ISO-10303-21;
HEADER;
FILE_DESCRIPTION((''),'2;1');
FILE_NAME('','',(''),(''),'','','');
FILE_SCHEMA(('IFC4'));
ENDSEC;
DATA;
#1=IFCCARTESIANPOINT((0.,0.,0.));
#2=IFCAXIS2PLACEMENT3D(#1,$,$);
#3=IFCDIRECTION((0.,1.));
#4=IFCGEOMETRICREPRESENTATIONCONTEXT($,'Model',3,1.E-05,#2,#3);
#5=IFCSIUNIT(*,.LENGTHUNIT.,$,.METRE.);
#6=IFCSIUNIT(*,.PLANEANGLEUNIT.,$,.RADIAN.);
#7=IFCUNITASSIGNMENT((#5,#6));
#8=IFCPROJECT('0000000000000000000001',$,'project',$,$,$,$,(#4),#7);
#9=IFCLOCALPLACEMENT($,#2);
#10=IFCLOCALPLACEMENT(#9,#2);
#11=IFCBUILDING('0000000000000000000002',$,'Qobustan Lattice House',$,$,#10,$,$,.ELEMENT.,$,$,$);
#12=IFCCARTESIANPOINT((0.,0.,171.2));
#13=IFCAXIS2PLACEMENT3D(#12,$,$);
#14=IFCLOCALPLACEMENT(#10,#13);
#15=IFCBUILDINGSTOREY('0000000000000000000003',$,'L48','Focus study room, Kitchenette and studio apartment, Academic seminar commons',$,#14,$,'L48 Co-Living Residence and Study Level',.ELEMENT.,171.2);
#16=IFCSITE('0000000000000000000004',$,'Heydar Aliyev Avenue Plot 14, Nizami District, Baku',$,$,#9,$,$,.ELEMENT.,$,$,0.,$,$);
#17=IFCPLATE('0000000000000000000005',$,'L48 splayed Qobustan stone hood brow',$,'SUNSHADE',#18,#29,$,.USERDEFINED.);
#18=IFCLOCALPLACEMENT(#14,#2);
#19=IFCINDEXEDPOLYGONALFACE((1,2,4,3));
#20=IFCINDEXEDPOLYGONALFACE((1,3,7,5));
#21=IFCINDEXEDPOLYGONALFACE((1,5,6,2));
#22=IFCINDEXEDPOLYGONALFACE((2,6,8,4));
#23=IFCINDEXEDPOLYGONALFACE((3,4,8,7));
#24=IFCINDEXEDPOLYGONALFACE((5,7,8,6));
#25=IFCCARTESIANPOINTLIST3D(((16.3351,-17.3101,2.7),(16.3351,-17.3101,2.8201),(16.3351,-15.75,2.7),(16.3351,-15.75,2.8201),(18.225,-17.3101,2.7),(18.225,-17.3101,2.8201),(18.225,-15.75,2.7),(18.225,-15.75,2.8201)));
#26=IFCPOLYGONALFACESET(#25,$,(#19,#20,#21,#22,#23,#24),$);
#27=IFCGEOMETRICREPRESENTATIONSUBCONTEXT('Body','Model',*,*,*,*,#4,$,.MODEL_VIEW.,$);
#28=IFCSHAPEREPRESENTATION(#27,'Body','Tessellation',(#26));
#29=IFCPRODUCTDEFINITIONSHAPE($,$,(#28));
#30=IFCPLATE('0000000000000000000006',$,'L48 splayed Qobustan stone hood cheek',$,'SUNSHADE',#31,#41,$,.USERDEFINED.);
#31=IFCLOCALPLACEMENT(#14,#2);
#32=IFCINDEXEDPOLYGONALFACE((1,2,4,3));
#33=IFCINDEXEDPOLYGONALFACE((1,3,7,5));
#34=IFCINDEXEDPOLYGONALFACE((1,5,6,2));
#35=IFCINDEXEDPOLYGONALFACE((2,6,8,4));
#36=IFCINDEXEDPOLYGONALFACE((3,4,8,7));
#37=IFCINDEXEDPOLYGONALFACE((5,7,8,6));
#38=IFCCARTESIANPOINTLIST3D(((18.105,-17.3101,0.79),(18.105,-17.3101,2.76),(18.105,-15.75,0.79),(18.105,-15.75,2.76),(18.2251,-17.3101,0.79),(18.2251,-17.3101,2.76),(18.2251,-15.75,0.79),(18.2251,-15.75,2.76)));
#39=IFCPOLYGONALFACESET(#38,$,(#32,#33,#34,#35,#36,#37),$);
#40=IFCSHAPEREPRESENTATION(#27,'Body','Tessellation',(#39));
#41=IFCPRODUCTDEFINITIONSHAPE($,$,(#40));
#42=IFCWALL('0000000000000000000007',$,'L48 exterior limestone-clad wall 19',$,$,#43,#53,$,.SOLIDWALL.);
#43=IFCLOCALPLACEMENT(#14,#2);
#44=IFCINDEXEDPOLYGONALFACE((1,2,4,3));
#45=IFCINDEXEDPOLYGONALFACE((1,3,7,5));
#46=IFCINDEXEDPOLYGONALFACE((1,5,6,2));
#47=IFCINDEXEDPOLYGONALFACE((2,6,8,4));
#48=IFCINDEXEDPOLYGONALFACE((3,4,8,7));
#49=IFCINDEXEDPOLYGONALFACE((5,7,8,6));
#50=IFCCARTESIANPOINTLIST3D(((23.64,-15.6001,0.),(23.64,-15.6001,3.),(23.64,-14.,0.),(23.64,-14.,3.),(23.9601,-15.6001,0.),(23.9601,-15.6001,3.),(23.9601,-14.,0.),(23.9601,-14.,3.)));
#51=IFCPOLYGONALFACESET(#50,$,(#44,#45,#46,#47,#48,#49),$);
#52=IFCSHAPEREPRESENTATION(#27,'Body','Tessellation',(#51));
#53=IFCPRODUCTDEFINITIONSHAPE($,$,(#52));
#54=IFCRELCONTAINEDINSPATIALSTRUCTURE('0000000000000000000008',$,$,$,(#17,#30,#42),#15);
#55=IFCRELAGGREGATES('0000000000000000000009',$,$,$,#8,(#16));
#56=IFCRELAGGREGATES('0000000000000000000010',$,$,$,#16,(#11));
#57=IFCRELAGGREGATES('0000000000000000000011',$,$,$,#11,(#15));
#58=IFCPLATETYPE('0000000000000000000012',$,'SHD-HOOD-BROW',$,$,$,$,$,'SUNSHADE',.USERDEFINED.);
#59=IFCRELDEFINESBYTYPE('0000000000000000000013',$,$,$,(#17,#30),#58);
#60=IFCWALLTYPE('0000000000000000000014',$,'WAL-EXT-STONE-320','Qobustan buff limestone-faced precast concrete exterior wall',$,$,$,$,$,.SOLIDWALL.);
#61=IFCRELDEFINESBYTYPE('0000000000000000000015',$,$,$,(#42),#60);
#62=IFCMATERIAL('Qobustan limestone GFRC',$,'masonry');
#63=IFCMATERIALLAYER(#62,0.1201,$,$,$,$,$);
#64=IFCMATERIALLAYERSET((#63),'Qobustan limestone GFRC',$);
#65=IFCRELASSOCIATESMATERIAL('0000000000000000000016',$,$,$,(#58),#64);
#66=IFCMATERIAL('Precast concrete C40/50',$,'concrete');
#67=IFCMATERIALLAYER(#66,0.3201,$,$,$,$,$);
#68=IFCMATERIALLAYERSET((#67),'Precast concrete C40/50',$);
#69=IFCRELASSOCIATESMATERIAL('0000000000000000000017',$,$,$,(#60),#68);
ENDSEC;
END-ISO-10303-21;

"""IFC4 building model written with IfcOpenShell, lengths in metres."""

from ifc_helpers import new_model, si_unit, direction, frame, frame_2d, origin, origin_2d, place, context, subcontext, project, spatial, rectangle, extrude, material, layer, layer_set, type_object, element, save


model = new_model("IFC4")

# Units and contexts
model_context = context("Model", 3, precision=1e-05, world=origin(), true_north=direction((0.0, 1.0)))
body_context = subcontext(model_context, "Body", "Model", "MODEL_VIEW")
ifc_project = project(units=[si_unit("LENGTHUNIT", "METRE"), si_unit("PLANEANGLEUNIT", "RADIAN")], contexts=[model_context])

# Site, building, storey
site_placement = place(None, origin())
site = spatial("IfcSite", under=ifc_project, at=site_placement, Name="Heydar Aliyev Avenue Plot 14, Nizami District, Baku", CompositionType="ELEMENT", RefElevation=0.0)
building_placement = place(site_placement, origin())
building = spatial("IfcBuilding", under=site, at=building_placement, Name="Qobustan Lattice House", CompositionType="ELEMENT")
storey_placement = place(building_placement, frame((0.0, 0.0, 171.2)))
storey = spatial("IfcBuildingStorey", under=building, at=storey_placement, Name="L48", Description="Focus study room, Kitchenette and studio apartment, Academic seminar commons", LongName="L48 Co-Living Residence and Study Level", CompositionType="ELEMENT", Elevation=171.2)

# Plates
ifc_material_1 = material(Name="Qobustan limestone GFRC", Category="masonry")
ifc_layer_1 = layer(ifc_material_1, 0.1201)
ifc_layer_set_1 = layer_set([ifc_layer_1], Name="Qobustan limestone GFRC")
plate_type_1 = type_object("IfcPlateType", Name="SHD-HOOD-BROW", ElementType="SUNSHADE", PredefinedType="USERDEFINED", material=ifc_layer_set_1)
plate_1_placement = place(storey_placement, frame((17.28, -16.53, 2.7), z_axis=(0.0, 0.0, 1.0), x_axis=(-1.0, 0.0, 0.0)))
element("IfcPlate", 1, at=plate_1_placement, inside=storey, type_object=plate_type_1, Name="L48 splayed Qobustan stone hood brow", ObjectType="SUNSHADE", PredefinedType="USERDEFINED", context=body_context, shape_type="SweptSolid", body=[
    extrude(rectangle(XDim=1.8899, YDim=1.5601, at=origin_2d()), origin(), (0.0, 0.0, 1.0), 0.1201),
])
plate_2_placement = place(storey_placement, frame((18.165, -16.53, 0.79), z_axis=(0.0, 0.0, 1.0), x_axis=(-1.0, 0.0, 0.0)))
element("IfcPlate", 2, at=plate_2_placement, inside=storey, type_object=plate_type_1, Name="L48 splayed Qobustan stone hood cheek", ObjectType="SUNSHADE", PredefinedType="USERDEFINED", context=body_context, shape_type="SweptSolid", body=[
    extrude(rectangle(XDim=0.1201, YDim=1.5601, at=origin_2d()), origin(), (0.0, 0.0, 1.0), 1.97),
])

# Wall
ifc_material_2 = material(Name="Precast concrete C40/50", Category="concrete")
ifc_layer_2 = layer(ifc_material_2, 0.3201)
ifc_layer_set_2 = layer_set([ifc_layer_2], Name="Precast concrete C40/50")
wall_type_1 = type_object("IfcWallType", Name="WAL-EXT-STONE-320", Description="Qobustan buff limestone-faced precast concrete exterior wall", PredefinedType="SOLIDWALL", material=ifc_layer_set_2)
wall_1_placement = place(storey_placement, frame((23.8, -14.0, 0.0), z_axis=(0.0, 0.0, 1.0), x_axis=(0.0, -1.0, 0.0)))
element("IfcWall", 3, at=wall_1_placement, inside=storey, type_object=wall_type_1, Name="L48 exterior limestone-clad wall 19", PredefinedType="SOLIDWALL", context=body_context, shape_type="SweptSolid", body=[
    extrude(rectangle(XDim=1.6001, YDim=0.3201, at=frame_2d((0.8, 0.0))), origin(), (0.0, 0.0, 1.0), 3.0),
])

save(model, "model.ifc")
